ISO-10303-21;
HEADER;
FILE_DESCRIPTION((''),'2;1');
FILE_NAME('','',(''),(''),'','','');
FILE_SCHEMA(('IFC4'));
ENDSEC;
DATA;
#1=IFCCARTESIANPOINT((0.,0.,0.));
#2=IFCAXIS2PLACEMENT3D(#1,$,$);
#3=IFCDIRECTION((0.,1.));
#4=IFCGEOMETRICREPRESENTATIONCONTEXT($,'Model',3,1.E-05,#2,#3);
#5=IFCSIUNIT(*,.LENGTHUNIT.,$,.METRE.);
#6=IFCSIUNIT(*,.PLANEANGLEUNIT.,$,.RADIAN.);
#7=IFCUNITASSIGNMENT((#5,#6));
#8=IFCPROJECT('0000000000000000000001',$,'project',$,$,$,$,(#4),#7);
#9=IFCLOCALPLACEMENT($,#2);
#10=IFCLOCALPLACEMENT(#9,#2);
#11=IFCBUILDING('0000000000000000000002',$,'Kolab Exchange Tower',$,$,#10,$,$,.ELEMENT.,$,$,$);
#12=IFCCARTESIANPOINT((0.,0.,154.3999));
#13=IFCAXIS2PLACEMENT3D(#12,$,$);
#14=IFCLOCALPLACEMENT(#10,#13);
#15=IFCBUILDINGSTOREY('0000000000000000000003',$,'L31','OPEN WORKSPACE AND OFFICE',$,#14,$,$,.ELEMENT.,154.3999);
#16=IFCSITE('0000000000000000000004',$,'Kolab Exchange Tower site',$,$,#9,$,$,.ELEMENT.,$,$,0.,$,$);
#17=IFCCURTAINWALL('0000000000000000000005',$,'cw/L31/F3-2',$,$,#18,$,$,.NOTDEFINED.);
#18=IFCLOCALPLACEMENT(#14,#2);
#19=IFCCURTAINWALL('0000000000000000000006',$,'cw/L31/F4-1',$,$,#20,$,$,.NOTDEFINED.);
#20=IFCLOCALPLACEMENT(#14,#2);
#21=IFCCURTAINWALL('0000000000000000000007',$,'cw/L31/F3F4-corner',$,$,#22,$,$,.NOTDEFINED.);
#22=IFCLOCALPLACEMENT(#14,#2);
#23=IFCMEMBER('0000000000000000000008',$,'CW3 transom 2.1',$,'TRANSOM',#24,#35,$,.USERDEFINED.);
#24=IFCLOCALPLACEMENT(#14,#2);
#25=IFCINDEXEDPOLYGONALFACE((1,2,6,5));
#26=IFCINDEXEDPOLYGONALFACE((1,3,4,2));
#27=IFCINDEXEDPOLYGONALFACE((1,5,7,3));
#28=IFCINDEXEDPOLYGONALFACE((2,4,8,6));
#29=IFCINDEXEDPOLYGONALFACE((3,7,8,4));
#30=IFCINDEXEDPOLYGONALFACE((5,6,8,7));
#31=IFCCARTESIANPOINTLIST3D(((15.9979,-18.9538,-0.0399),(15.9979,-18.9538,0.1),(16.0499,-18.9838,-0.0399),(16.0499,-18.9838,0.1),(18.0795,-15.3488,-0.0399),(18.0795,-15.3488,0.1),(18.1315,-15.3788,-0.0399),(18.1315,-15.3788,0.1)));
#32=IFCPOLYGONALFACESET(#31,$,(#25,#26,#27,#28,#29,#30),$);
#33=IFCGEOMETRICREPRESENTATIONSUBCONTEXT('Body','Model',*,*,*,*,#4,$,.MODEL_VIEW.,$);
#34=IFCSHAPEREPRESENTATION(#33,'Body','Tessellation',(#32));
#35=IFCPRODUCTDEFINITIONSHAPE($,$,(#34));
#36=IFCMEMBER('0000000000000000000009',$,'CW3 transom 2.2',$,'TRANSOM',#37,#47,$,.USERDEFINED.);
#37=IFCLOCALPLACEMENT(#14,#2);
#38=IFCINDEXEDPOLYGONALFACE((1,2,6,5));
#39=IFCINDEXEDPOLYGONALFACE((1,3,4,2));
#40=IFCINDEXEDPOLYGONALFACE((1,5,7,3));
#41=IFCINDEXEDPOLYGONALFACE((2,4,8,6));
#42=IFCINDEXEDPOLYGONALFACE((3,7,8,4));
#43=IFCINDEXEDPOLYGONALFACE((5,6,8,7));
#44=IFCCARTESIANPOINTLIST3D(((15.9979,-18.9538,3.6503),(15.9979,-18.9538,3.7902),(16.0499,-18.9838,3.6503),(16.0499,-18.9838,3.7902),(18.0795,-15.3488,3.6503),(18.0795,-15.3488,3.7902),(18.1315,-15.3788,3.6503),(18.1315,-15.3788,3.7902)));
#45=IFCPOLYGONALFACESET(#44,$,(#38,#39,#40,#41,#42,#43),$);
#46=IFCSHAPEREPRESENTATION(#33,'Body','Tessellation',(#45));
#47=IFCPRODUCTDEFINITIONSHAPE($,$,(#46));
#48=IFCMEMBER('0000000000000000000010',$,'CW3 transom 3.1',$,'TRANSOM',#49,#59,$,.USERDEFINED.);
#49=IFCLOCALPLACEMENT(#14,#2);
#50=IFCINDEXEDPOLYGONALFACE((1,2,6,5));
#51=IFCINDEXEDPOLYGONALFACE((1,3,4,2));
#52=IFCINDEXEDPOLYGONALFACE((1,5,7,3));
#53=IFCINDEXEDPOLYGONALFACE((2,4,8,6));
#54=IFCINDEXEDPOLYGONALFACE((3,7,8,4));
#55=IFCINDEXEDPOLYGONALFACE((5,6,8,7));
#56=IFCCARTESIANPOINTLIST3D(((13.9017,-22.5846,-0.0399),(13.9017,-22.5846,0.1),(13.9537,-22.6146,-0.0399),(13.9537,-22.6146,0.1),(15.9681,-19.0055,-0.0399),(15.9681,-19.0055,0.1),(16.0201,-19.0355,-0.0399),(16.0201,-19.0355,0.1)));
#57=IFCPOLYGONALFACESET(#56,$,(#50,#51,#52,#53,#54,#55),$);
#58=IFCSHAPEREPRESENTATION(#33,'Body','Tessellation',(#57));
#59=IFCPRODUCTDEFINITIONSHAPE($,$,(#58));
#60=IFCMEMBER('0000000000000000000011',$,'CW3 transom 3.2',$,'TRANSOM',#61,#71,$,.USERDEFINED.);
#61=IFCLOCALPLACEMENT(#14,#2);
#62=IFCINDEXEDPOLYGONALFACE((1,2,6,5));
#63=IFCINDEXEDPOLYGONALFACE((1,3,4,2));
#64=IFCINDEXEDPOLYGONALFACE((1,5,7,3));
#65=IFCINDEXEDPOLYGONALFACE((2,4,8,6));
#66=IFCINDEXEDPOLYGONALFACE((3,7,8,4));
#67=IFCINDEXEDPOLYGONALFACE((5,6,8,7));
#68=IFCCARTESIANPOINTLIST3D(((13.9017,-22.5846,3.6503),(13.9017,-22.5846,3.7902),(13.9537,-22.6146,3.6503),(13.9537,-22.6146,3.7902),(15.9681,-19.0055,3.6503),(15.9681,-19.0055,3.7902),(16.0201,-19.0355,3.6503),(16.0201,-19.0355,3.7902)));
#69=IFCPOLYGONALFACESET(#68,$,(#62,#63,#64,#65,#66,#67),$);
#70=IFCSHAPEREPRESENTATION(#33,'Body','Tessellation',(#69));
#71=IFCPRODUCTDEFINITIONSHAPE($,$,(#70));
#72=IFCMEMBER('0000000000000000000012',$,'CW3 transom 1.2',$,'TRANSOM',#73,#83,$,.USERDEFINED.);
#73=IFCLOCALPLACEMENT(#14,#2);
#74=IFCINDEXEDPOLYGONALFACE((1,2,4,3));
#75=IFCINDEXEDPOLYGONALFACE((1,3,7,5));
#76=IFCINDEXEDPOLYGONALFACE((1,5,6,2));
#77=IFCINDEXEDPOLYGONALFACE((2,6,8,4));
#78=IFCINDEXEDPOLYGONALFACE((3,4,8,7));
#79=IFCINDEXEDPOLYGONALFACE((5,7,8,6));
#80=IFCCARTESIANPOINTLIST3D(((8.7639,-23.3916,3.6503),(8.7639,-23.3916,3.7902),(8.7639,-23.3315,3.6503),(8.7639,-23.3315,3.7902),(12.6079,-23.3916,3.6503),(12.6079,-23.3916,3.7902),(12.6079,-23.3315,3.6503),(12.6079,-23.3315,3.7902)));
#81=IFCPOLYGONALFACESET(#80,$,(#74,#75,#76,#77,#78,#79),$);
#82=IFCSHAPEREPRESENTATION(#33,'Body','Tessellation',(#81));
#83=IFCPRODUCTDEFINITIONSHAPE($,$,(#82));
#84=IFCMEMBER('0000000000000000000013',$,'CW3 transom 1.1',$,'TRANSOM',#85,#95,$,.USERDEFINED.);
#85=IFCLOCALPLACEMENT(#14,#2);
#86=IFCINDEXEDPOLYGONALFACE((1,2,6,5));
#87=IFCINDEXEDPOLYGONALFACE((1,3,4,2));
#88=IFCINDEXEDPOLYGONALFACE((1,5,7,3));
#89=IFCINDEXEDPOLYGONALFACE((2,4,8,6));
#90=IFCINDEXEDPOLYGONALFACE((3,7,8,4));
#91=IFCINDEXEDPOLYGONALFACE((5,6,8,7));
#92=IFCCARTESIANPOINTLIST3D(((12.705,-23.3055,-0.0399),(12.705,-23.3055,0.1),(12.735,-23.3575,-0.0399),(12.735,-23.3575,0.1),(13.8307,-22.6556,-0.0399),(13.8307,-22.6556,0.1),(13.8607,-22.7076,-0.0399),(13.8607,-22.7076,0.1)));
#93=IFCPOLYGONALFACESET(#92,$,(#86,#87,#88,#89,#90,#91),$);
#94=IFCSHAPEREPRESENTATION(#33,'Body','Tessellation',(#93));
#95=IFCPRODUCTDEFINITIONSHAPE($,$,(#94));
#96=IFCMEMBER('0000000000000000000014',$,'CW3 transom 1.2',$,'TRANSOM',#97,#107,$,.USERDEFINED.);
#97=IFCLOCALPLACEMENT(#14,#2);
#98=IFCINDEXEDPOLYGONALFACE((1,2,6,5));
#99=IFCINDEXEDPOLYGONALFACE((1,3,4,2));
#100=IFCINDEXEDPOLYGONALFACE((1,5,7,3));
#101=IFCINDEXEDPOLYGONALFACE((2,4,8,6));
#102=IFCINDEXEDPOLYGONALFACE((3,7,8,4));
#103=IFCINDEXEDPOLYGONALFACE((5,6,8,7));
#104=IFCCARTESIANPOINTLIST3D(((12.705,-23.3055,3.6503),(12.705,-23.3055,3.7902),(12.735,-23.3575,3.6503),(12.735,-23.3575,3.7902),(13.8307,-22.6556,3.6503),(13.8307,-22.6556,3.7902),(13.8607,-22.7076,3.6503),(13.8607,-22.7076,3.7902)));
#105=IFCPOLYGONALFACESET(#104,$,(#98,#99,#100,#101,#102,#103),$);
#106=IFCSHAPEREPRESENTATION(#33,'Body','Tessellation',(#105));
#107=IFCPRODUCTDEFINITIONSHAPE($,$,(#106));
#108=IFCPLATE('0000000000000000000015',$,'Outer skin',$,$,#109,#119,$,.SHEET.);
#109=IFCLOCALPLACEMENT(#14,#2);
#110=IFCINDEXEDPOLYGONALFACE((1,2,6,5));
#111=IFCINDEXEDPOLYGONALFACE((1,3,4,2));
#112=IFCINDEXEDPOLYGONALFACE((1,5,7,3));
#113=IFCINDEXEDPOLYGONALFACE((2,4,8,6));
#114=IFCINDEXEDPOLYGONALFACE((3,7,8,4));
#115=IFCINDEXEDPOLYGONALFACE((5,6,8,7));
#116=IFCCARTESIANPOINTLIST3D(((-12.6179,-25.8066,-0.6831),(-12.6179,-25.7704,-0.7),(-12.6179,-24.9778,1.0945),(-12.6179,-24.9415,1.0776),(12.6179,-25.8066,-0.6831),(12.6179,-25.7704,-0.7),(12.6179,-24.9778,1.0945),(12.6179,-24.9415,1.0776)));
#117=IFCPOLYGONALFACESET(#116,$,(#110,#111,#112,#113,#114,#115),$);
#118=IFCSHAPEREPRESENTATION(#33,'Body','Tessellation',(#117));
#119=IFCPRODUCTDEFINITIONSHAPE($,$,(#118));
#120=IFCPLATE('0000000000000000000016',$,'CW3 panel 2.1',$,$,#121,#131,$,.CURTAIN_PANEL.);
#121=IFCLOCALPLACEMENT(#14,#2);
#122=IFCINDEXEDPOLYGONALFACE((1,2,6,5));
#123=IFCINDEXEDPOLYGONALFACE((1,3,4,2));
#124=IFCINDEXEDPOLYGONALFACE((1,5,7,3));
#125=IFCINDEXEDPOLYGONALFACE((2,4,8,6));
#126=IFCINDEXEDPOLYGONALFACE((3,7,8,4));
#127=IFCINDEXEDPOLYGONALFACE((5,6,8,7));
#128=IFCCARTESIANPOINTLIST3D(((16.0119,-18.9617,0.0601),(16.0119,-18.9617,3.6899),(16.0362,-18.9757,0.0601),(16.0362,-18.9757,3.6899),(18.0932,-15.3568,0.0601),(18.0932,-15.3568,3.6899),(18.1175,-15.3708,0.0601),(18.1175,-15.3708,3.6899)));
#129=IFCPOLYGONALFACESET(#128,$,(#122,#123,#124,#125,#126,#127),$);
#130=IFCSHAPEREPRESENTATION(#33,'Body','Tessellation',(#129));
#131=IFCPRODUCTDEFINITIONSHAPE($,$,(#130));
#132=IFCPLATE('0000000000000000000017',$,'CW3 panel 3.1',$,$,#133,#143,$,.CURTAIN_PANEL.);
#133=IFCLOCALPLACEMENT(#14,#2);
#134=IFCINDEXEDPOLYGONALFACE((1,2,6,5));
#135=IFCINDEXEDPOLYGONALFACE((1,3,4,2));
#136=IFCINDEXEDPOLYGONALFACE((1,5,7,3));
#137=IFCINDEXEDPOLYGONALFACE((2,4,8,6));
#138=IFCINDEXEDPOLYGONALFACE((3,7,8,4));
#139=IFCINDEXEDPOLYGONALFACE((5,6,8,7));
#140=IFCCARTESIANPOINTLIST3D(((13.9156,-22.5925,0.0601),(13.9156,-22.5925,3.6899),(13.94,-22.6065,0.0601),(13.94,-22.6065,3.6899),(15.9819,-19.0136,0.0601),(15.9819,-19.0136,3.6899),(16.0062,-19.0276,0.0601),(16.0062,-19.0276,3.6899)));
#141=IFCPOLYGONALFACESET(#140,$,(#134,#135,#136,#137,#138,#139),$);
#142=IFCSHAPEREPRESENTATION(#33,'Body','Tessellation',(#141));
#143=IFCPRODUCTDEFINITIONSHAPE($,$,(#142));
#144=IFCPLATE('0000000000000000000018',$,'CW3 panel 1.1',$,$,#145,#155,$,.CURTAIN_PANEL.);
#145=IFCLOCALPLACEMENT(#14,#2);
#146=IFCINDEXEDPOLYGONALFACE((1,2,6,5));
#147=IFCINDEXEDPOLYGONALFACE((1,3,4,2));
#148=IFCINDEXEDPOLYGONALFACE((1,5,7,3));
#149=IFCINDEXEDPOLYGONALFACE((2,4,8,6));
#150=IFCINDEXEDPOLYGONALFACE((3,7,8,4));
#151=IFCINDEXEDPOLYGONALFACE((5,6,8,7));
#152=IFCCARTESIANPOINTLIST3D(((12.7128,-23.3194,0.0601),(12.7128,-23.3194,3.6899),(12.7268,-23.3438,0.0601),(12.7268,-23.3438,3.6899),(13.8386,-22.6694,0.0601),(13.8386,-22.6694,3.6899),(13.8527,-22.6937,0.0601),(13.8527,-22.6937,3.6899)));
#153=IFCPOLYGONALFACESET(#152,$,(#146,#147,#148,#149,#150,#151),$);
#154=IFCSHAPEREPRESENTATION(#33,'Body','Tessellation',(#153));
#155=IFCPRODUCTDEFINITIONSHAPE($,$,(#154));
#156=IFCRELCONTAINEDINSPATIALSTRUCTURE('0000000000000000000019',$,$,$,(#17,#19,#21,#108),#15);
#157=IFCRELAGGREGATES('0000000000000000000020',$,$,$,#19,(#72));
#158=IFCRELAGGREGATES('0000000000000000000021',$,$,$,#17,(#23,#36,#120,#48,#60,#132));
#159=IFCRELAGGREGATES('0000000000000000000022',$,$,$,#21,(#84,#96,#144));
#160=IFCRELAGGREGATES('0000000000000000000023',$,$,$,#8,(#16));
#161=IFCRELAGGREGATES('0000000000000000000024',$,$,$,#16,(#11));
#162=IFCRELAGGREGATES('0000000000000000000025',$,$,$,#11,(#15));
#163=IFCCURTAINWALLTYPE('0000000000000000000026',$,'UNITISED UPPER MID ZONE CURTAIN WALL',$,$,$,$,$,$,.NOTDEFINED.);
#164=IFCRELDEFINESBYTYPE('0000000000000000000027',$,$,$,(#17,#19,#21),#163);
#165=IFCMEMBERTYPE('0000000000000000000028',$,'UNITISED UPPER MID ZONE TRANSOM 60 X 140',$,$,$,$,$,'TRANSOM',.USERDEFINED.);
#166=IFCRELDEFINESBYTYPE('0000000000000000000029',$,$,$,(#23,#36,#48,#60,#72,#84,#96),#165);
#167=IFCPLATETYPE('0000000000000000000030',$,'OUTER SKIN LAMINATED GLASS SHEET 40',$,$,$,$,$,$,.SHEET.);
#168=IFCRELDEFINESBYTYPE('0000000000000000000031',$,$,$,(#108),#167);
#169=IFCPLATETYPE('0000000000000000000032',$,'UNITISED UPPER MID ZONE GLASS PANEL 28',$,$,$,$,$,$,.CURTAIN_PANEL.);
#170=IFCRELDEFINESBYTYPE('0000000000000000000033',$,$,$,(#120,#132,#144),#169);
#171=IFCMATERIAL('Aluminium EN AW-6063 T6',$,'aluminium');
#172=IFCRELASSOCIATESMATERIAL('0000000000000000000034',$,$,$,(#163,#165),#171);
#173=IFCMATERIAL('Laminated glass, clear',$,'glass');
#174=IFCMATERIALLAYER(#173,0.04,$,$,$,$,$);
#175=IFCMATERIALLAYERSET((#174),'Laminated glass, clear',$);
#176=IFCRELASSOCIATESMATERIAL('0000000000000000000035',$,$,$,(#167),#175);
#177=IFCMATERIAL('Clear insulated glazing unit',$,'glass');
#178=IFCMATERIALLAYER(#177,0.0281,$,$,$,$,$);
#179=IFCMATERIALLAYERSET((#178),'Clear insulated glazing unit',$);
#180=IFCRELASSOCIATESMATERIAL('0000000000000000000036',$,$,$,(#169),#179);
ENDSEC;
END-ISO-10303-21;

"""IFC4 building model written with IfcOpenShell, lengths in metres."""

from ifc_helpers import new_model, si_unit, direction, frame, origin, origin_2d, place, context, subcontext, project, spatial, polyline, rectangle, outline, extrude, material, layer, layer_set, material_profile, profile_set, type_object, element, aggregate, save


model = new_model("IFC4")

# Units and contexts
model_context = context("Model", 3, precision=1e-05, world=origin(), true_north=direction((0.0, 1.0)))
body_context = subcontext(model_context, "Body", "Model", "MODEL_VIEW")
ifc_project = project(units=[si_unit("LENGTHUNIT", "METRE"), si_unit("PLANEANGLEUNIT", "RADIAN")], contexts=[model_context])

# Site, building, storey
site_placement = place(None, origin())
site = spatial("IfcSite", under=ifc_project, at=site_placement, Name="Kolab Exchange Tower site", CompositionType="ELEMENT", RefElevation=0.0)
building_placement = place(site_placement, origin())
building = spatial("IfcBuilding", under=site, at=building_placement, Name="Kolab Exchange Tower", CompositionType="ELEMENT")
storey_placement = place(building_placement, frame((0.0, 0.0, 154.3999)))
storey = spatial("IfcBuildingStorey", under=building, at=storey_placement, Name="L31", Description="OPEN WORKSPACE AND OFFICE", CompositionType="ELEMENT", Elevation=154.3999)

# Curtain wall
ifc_material_1 = material(Name="Aluminium EN AW-6063 T6", Category="aluminium")
curtain_wall_type = type_object("IfcCurtainWallType", Name="UNITISED UPPER MID ZONE CURTAIN WALL", PredefinedType="NOTDEFINED", material=ifc_material_1)
curtain_wall_1_placement = place(storey_placement, origin())
curtain_wall_1 = element("IfcCurtainWall", 1, at=curtain_wall_1_placement, inside=storey, type_object=curtain_wall_type, Name="cw/L31/F3-2", PredefinedType="NOTDEFINED")

# Curtain wall
curtain_wall_2_placement = place(storey_placement, origin())
curtain_wall_2 = element("IfcCurtainWall", 2, at=curtain_wall_2_placement, inside=storey, type_object=curtain_wall_type, Name="cw/L31/F4-1", PredefinedType="NOTDEFINED")

# Curtain wall
curtain_wall_3_placement = place(storey_placement, origin())
curtain_wall_3 = element("IfcCurtainWall", 3, at=curtain_wall_3_placement, inside=storey, type_object=curtain_wall_type, Name="cw/L31/F3F4-corner", PredefinedType="NOTDEFINED")

# Members
ifc_material_profile_1 = material_profile(ifc_material_1, rectangle(XDim=0.0601, YDim=0.1399, at=origin_2d()), Name="RECT 60X140")
ifc_profile_set_1 = profile_set([ifc_material_profile_1], Name="Aluminium EN AW-6063 T6")
member_type_1 = type_object("IfcMemberType", Name="UNITISED UPPER MID ZONE TRANSOM 60 X 140", ElementType="TRANSOM", PredefinedType="USERDEFINED", material=ifc_profile_set_1)
member_1_placement = place(storey_placement, frame((18.1055, -15.3638, 0.03), z_axis=(-0.500037, -0.866004, 0.0), x_axis=(0.866004, -0.500037, 0.0)))
member_1 = element("IfcMember", 4, at=member_1_placement, type_object=member_type_1, Name="CW3 transom 2.1", ObjectType="TRANSOM", PredefinedType="USERDEFINED", context=body_context, shape_type="SweptSolid", body=[
    extrude(rectangle(XDim=0.0601, YDim=0.1399, at=origin_2d()), origin(), (0.0, 0.0, 1.0), 4.1628),
])
member_2_placement = place(storey_placement, frame((18.1055, -15.3638, 3.7202), z_axis=(-0.500037, -0.866004, 0.0), x_axis=(0.866004, -0.500037, 0.0)))
member_2 = element("IfcMember", 5, at=member_2_placement, type_object=member_type_1, Name="CW3 transom 2.2", ObjectType="TRANSOM", PredefinedType="USERDEFINED", context=body_context, shape_type="SweptSolid", body=[
    extrude(rectangle(XDim=0.0601, YDim=0.1399, at=origin_2d()), origin(), (0.0, 0.0, 1.0), 4.1628),
])
member_3_placement = place(storey_placement, frame((15.9941, -19.0205, 0.03), z_axis=(-0.500002, -0.866024, 0.0), x_axis=(0.866024, -0.500002, 0.0)))
member_3 = element("IfcMember", 6, at=member_3_placement, type_object=member_type_1, Name="CW3 transom 3.1", ObjectType="TRANSOM", PredefinedType="USERDEFINED", context=body_context, shape_type="SweptSolid", body=[
    extrude(rectangle(XDim=0.0601, YDim=0.1399, at=origin_2d()), origin(), (0.0, 0.0, 1.0), 4.1328),
])
member_4_placement = place(storey_placement, frame((15.9941, -19.0205, 3.7202), z_axis=(-0.500002, -0.866024, 0.0), x_axis=(0.866024, -0.500002, 0.0)))
member_4 = element("IfcMember", 7, at=member_4_placement, type_object=member_type_1, Name="CW3 transom 3.2", ObjectType="TRANSOM", PredefinedType="USERDEFINED", context=body_context, shape_type="SweptSolid", body=[
    extrude(rectangle(XDim=0.0601, YDim=0.1399, at=origin_2d()), origin(), (0.0, 0.0, 1.0), 4.1328),
])
member_5_placement = place(storey_placement, frame((12.6079, -23.3616, 3.7202), z_axis=(-1.0, 0.0, 0.0), x_axis=(0.0, -1.0, 0.0)))
member_5 = element("IfcMember", 8, at=member_5_placement, type_object=member_type_1, Name="CW3 transom 1.2", ObjectType="TRANSOM", PredefinedType="USERDEFINED", context=body_context, shape_type="SweptSolid", body=[
    extrude(rectangle(XDim=0.0601, YDim=0.1399, at=origin_2d()), origin(), (0.0, 0.0, 1.0), 3.844),
])
aggregate(curtain_wall_2, [member_5])
member_6_placement = place(storey_placement, frame((13.8457, -22.6816, 0.03), z_axis=(-0.866039, -0.499977, 0.0), x_axis=(0.499977, -0.866039, 0.0)))
member_6 = element("IfcMember", 9, at=member_6_placement, type_object=member_type_1, Name="CW3 transom 1.1", ObjectType="TRANSOM", PredefinedType="USERDEFINED", context=body_context, shape_type="SweptSolid", body=[
    extrude(rectangle(XDim=0.0601, YDim=0.1399, at=origin_2d()), origin(), (0.0, 0.0, 1.0), 1.2998),
])
member_7_placement = place(storey_placement, frame((13.8457, -22.6816, 3.7202), z_axis=(-0.866039, -0.499977, 0.0), x_axis=(0.499977, -0.866039, 0.0)))
member_7 = element("IfcMember", 10, at=member_7_placement, type_object=member_type_1, Name="CW3 transom 1.2", ObjectType="TRANSOM", PredefinedType="USERDEFINED", context=body_context, shape_type="SweptSolid", body=[
    extrude(rectangle(XDim=0.0601, YDim=0.1399, at=origin_2d()), origin(), (0.0, 0.0, 1.0), 1.2998),
])

# Plates
ifc_material_2 = material(Name="Laminated glass, clear", Category="glass")
ifc_layer_1 = layer(ifc_material_2, 0.04)
ifc_layer_set_1 = layer_set([ifc_layer_1], Name="Laminated glass, clear")
plate_type_1 = type_object("IfcPlateType", Name="OUTER SKIN LAMINATED GLASS SHEET 40", PredefinedType="SHEET", material=ifc_layer_set_1)
plate_1_placement = place(storey_placement, frame((12.6179, -25.8066, -0.6831), z_axis=(0.0, -0.906317, 0.422599), x_axis=(-1.0, 0.0, 0.0)))
element("IfcPlate", 11, at=plate_1_placement, inside=storey, type_object=plate_type_1, Name="Outer skin", PredefinedType="SHEET", context=body_context, shape_type="SweptSolid", body=[
    extrude(outline(polyline([(0.0, 0.0), (25.2358, 0.0), (25.2358, -1.9613), (0.0, -1.9613), (0.0, 0.0)])), origin(), (0.0, 0.0, -1.0), 0.04),
])
ifc_material_3 = material(Name="Clear insulated glazing unit", Category="glass")
ifc_layer_2 = layer(ifc_material_3, 0.0281)
ifc_layer_set_2 = layer_set([ifc_layer_2], Name="Clear insulated glazing unit")
plate_type_2 = type_object("IfcPlateType", Name="UNITISED UPPER MID ZONE GLASS PANEL 28", PredefinedType="CURTAIN_PANEL", material=ifc_layer_set_2)
plate_2_placement = place(storey_placement, frame((17.0647, -17.1663, 0.0601), z_axis=(0.0, 0.0, 1.0), x_axis=(-0.5, -0.866025, 0.0)))
plate_2 = element("IfcPlate", 12, at=plate_2_placement, type_object=plate_type_2, Name="CW3 panel 2.1", PredefinedType="CURTAIN_PANEL", context=body_context, shape_type="SweptSolid", body=[
    extrude(rectangle(XDim=4.1626, YDim=0.0281, at=origin_2d()), origin(), (0.0, 0.0, 1.0), 3.6299),
])
plate_3_placement = place(storey_placement, frame((14.9609, -20.8101, 0.0601), z_axis=(0.0, 0.0, 1.0), x_axis=(-0.5, -0.866025, 0.0)))
plate_3 = element("IfcPlate", 13, at=plate_3_placement, type_object=plate_type_2, Name="CW3 panel 3.1", PredefinedType="CURTAIN_PANEL", context=body_context, shape_type="SweptSolid", body=[
    extrude(rectangle(XDim=4.1326, YDim=0.0281, at=origin_2d()), origin(), (0.0, 0.0, 1.0), 3.6299),
])
aggregate(curtain_wall_1, [member_1, member_2, plate_2, member_3, member_4, plate_3])
plate_4_placement = place(storey_placement, frame((13.2827, -23.0066, 0.0601), z_axis=(0.0, 0.0, 1.0), x_axis=(-0.866025, -0.5, 0.0)))
plate_4 = element("IfcPlate", 14, at=plate_4_placement, type_object=plate_type_2, Name="CW3 panel 1.1", PredefinedType="CURTAIN_PANEL", context=body_context, shape_type="SweptSolid", body=[
    extrude(rectangle(XDim=1.3, YDim=0.0281, at=origin_2d()), origin(), (0.0, 0.0, 1.0), 3.6299),
])
aggregate(curtain_wall_3, [member_6, member_7, plate_4])

save(model, "model.ifc")
